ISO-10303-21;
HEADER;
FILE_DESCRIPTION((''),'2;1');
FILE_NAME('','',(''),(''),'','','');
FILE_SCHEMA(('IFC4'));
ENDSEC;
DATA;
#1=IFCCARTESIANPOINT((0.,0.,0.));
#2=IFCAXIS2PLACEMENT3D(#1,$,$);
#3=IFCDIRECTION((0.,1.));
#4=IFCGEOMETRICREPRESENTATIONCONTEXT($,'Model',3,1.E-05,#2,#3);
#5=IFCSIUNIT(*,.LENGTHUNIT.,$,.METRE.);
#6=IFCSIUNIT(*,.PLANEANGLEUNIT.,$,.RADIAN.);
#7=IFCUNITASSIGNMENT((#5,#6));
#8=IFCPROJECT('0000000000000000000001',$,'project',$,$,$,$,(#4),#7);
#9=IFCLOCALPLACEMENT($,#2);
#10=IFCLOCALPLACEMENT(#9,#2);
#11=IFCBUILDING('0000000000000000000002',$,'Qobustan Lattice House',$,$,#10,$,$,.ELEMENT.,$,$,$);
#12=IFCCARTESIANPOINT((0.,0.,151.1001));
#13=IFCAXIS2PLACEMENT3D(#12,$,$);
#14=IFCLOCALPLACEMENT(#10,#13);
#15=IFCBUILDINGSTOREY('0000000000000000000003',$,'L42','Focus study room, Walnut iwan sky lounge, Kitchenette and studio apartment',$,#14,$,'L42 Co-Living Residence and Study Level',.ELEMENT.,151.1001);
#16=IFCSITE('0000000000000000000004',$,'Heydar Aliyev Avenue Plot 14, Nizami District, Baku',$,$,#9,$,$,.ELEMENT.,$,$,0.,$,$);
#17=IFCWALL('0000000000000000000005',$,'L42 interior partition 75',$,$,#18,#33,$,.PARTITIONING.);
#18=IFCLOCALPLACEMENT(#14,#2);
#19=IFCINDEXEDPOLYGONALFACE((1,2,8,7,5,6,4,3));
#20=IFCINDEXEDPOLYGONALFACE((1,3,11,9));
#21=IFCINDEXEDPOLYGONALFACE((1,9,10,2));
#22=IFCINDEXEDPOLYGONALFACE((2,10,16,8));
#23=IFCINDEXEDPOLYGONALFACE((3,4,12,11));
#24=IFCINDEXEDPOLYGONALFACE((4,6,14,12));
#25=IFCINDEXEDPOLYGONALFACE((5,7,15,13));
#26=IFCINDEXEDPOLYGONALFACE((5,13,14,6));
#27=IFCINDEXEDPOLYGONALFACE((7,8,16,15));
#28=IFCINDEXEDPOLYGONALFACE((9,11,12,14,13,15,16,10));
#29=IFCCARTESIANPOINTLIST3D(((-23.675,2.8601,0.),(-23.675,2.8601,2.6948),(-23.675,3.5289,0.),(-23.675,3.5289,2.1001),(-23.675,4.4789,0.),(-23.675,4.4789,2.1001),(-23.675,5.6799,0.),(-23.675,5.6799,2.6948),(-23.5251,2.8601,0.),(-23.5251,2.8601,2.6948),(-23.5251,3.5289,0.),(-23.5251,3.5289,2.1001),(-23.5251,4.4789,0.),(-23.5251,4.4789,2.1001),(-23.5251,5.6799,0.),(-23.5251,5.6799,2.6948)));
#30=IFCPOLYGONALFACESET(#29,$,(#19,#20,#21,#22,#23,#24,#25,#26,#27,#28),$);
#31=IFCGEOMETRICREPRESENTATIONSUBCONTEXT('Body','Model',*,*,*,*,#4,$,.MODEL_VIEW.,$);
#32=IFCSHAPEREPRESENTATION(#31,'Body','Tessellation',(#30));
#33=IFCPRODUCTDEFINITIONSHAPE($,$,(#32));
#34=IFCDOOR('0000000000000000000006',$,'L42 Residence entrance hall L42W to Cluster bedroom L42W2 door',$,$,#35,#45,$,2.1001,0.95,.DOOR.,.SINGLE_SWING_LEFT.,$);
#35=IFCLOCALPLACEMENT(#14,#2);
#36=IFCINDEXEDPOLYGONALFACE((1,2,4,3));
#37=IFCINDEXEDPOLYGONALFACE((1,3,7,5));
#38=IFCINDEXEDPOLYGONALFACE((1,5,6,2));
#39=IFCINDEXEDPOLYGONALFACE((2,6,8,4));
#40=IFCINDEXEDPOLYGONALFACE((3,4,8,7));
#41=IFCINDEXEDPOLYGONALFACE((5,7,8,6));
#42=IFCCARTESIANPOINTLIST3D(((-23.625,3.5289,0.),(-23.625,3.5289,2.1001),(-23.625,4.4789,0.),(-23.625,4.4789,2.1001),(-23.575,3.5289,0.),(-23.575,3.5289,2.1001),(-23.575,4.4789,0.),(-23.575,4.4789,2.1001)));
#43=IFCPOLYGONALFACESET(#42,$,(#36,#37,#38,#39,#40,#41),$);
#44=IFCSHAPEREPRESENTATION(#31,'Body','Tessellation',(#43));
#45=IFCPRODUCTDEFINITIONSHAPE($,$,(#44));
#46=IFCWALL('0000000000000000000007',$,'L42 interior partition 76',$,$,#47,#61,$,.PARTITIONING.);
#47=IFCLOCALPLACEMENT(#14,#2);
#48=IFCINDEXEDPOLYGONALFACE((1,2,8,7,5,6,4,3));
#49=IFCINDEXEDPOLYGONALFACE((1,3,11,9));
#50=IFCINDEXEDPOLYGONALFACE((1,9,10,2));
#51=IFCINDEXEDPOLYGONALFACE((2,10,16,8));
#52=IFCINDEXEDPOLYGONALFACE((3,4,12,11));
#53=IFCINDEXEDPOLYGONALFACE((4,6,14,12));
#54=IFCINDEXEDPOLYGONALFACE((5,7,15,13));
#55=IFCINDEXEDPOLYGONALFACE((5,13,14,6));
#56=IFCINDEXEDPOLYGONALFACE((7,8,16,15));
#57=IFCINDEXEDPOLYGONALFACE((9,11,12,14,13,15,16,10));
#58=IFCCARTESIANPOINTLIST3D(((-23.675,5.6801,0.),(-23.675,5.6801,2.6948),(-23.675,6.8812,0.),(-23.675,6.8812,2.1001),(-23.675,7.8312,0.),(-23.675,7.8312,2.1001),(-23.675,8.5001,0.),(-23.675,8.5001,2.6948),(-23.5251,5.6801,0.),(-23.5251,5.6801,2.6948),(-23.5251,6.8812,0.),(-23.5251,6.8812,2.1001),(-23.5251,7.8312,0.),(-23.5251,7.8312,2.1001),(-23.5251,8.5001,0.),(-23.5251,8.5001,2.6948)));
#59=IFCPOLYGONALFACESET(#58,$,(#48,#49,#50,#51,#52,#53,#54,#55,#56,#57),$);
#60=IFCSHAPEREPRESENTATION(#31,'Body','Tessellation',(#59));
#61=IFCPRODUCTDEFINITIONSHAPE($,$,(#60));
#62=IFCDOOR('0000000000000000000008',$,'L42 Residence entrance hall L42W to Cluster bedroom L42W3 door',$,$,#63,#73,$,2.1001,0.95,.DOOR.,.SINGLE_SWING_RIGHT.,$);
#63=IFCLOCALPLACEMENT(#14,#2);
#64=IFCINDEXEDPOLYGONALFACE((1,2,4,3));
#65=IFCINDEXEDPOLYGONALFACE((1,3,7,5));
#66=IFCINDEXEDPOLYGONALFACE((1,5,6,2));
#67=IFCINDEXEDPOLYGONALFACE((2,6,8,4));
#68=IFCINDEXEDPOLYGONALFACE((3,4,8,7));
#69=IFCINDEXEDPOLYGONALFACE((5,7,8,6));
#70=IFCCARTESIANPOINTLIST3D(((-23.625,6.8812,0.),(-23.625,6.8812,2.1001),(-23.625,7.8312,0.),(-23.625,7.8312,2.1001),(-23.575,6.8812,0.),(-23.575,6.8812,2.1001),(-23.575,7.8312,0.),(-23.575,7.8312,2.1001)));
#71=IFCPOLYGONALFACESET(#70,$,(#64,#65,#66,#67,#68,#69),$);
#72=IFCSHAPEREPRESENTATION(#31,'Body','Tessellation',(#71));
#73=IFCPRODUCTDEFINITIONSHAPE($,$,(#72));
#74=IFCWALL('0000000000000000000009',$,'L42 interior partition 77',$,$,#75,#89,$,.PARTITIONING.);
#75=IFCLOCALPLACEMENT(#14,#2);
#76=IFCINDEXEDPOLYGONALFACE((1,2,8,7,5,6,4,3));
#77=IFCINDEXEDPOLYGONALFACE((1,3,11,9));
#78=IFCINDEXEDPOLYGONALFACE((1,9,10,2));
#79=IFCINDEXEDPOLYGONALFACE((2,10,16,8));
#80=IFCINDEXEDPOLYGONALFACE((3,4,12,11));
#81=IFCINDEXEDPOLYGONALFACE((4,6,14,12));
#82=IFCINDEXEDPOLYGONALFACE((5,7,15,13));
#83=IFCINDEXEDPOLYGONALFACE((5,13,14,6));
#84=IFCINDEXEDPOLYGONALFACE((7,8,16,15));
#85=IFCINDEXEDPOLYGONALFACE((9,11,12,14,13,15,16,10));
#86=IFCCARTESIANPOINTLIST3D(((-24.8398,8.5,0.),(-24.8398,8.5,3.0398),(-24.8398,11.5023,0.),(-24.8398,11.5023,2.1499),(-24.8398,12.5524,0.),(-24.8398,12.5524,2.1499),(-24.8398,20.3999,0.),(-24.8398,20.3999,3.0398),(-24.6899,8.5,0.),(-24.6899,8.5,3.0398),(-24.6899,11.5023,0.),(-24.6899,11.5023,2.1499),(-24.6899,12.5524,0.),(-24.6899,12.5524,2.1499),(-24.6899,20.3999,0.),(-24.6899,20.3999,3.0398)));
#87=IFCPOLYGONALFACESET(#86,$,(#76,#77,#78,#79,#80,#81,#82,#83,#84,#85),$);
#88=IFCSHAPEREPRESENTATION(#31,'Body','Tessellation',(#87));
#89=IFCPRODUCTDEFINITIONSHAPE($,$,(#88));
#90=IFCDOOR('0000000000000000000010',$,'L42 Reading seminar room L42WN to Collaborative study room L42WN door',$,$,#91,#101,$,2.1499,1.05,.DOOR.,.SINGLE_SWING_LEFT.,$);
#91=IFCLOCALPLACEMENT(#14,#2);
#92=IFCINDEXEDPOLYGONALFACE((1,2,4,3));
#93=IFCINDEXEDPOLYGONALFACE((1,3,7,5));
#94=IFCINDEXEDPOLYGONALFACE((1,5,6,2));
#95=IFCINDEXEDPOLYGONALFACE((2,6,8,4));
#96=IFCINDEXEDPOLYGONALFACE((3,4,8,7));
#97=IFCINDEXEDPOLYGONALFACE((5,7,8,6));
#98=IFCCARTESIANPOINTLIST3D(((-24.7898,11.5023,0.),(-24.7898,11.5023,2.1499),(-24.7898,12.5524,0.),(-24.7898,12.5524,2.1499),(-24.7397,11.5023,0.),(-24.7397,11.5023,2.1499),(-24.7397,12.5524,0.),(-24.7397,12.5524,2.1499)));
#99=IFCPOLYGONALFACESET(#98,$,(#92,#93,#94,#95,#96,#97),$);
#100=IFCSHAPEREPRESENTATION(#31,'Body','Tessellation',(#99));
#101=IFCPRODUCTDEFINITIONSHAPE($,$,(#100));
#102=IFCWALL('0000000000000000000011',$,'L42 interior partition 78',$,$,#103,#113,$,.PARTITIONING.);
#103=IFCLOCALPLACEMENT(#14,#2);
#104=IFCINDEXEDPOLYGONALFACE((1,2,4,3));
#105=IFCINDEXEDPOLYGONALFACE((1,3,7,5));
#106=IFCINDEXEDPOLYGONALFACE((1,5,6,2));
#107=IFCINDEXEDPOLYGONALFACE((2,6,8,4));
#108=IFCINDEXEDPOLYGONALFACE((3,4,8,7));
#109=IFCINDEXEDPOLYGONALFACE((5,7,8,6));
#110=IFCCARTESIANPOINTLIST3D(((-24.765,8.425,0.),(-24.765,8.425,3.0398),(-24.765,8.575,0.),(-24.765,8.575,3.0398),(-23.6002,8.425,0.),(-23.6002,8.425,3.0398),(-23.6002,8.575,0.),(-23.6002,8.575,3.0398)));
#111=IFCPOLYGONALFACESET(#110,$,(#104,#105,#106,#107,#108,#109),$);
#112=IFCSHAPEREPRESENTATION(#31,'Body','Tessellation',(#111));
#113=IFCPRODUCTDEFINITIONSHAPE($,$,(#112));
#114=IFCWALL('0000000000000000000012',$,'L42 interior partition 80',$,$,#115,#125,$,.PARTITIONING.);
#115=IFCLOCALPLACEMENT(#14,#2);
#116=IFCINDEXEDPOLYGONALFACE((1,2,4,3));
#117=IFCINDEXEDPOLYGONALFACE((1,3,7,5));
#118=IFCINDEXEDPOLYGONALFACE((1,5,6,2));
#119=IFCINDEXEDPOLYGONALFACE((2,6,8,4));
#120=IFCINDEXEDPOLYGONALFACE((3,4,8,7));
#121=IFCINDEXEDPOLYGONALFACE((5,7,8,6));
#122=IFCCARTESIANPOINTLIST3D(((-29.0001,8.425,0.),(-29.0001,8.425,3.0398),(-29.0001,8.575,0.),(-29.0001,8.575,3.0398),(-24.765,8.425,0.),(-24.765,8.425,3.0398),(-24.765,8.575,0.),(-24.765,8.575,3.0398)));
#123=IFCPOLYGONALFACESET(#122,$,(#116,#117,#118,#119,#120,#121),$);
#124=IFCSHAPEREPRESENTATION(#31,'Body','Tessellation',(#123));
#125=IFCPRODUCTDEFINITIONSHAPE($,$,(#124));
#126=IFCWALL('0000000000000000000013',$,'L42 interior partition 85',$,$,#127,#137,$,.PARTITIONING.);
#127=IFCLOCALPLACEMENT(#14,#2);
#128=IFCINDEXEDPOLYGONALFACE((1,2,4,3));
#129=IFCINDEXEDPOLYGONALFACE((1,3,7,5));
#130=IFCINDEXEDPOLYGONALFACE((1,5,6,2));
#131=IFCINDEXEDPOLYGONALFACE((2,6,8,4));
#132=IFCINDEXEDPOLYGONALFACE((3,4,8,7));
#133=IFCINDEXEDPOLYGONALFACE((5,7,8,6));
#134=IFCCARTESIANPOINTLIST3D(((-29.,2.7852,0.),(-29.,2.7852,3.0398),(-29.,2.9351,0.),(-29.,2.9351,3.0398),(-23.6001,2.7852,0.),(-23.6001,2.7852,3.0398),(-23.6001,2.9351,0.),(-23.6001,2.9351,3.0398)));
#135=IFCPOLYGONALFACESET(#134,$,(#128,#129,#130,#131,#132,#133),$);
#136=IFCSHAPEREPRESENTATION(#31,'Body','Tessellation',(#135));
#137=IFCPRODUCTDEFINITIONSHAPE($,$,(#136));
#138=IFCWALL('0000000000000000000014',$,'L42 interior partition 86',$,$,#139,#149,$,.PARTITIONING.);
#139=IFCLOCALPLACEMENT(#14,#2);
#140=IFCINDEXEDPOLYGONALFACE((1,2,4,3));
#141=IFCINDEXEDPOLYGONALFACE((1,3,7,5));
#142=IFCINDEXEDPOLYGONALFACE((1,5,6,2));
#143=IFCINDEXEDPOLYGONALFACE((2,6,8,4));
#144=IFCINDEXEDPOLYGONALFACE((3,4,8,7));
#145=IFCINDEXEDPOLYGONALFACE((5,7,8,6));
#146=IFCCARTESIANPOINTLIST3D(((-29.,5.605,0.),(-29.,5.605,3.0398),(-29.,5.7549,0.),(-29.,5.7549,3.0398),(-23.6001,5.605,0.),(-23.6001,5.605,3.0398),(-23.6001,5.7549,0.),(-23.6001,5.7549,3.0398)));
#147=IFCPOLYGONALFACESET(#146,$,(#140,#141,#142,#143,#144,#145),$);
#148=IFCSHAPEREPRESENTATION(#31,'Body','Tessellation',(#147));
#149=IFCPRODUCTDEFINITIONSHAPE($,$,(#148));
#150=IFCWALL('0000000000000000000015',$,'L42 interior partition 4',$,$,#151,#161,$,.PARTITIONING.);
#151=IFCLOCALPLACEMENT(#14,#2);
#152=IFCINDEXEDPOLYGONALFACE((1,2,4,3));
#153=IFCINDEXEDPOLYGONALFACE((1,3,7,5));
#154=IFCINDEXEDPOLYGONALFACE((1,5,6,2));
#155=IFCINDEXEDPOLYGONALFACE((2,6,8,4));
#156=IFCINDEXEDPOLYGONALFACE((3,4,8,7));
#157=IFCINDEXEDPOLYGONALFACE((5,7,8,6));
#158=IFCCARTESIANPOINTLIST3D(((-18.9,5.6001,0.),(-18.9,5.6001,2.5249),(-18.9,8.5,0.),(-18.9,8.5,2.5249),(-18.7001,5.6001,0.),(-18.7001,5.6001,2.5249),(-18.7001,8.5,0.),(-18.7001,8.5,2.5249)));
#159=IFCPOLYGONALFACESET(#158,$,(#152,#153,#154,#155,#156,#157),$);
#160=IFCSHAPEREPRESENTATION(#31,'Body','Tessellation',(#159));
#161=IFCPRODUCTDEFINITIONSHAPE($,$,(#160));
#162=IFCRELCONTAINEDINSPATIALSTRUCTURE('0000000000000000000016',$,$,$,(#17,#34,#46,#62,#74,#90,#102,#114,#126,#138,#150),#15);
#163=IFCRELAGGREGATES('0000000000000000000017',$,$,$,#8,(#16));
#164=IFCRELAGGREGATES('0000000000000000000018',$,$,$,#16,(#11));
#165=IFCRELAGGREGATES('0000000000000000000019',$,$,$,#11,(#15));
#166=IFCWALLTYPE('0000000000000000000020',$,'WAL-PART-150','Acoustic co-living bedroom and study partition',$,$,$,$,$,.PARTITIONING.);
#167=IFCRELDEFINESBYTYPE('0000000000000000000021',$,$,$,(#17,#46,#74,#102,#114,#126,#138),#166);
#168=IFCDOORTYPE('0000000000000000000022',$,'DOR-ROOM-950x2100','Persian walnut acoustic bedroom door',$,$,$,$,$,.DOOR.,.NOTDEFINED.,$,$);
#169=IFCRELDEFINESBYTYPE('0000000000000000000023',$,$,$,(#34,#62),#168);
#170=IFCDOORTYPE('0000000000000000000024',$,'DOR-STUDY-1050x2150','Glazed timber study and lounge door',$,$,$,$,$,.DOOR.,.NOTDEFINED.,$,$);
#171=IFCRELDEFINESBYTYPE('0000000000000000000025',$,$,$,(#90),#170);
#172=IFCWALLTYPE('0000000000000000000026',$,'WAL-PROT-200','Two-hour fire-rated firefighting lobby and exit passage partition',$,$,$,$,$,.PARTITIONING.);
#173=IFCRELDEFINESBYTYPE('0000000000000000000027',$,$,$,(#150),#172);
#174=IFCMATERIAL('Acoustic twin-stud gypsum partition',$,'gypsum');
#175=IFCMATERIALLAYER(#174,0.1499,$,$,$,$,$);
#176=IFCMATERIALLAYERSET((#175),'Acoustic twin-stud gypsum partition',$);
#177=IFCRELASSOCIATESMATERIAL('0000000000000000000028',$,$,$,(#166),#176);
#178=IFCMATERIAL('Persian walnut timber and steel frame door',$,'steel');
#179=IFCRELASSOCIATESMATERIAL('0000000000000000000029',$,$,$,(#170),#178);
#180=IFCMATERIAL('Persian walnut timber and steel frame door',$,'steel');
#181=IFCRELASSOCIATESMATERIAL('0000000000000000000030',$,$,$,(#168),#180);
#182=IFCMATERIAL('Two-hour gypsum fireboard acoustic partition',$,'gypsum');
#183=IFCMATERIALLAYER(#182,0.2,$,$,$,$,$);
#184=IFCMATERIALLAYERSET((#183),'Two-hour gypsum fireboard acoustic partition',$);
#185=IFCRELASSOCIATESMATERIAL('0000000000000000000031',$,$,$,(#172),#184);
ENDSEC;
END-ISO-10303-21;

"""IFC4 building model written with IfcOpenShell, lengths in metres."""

from ifc_helpers import new_model, si_unit, direction, frame, frame_2d, origin, place, context, subcontext, project, spatial, rectangle, extrude, material, layer, layer_set, type_object, element, fill, save


model = new_model("IFC4")

# Units and contexts
model_context = context("Model", 3, precision=1e-05, world=origin(), true_north=direction((0.0, 1.0)))
body_context = subcontext(model_context, "Body", "Model", "MODEL_VIEW")
ifc_project = project(units=[si_unit("LENGTHUNIT", "METRE"), si_unit("PLANEANGLEUNIT", "RADIAN")], contexts=[model_context])

# Site, building, storey
site_placement = place(None, origin())
site = spatial("IfcSite", under=ifc_project, at=site_placement, Name="Heydar Aliyev Avenue Plot 14, Nizami District, Baku", CompositionType="ELEMENT", RefElevation=0.0)
building_placement = place(site_placement, origin())
building = spatial("IfcBuilding", under=site, at=building_placement, Name="Qobustan Lattice House", CompositionType="ELEMENT")
storey_placement = place(building_placement, frame((0.0, 0.0, 151.1001)))
storey = spatial("IfcBuildingStorey", under=building, at=storey_placement, Name="L42", Description="Focus study room, Walnut iwan sky lounge, Kitchenette and studio apartment", LongName="L42 Co-Living Residence and Study Level", CompositionType="ELEMENT", Elevation=151.1001)

# Walls, openings, doors
ifc_material_1 = material(Name="Acoustic twin-stud gypsum partition", Category="gypsum")
ifc_layer_1 = layer(ifc_material_1, 0.1499)
ifc_layer_set_1 = layer_set([ifc_layer_1], Name="Acoustic twin-stud gypsum partition")
wall_type_1 = type_object("IfcWallType", Name="WAL-PART-150", Description="Acoustic co-living bedroom and study partition", PredefinedType="PARTITIONING", material=ifc_layer_set_1)
ifc_material_2 = material(Name="Persian walnut timber and steel frame door", Category="steel")
door_type_1 = type_object("IfcDoorType", Name="DOR-STUDY-1050x2150", Description="Glazed timber study and lounge door", OperationType="NOTDEFINED", PredefinedType="DOOR", material=ifc_material_2)
wall_1_placement = place(storey_placement, frame((-23.6001, 2.8601, 0.0), z_axis=(0.0, 0.0, 1.0), x_axis=(0.0, 1.0, 0.0)))
wall_1 = element("IfcWall", 1, at=wall_1_placement, inside=storey, type_object=wall_type_1, Name="L42 interior partition 75", PredefinedType="PARTITIONING", context=body_context, shape_type="SweptSolid", body=[
    extrude(rectangle(XDim=2.8198, YDim=0.1499, at=frame_2d((1.4099, 0.0))), origin(), (0.0, 0.0, 1.0), 2.6948),
])
opening_1_placement = place(wall_1_placement, frame((0.6687, 0.0, 0.0)))
opening_1 = element("IfcOpeningElement", 2, at=opening_1_placement, cuts=wall_1, PredefinedType="OPENING", context=body_context, shape_type="SweptSolid", body=[
    extrude(rectangle(XDim=0.95, YDim=2.1001, at=frame_2d((0.4751, 1.05))), frame((0.0, 0.085, 0.0), z_axis=(0.0, -1.0, 0.0), x_axis=(1.0, 0.0, 0.0)), (0.0, 0.0, 1.0), 0.1699),
])
ifc_material_3 = material(Name="Persian walnut timber and steel frame door", Category="steel")
door_type_2 = type_object("IfcDoorType", Name="DOR-ROOM-950x2100", Description="Persian walnut acoustic bedroom door", OperationType="NOTDEFINED", PredefinedType="DOOR", material=ifc_material_3)
door_1_placement = place(opening_1_placement, origin())
door_1 = element("IfcDoor", 3, at=door_1_placement, inside=storey, type_object=door_type_2, Name="L42 Residence entrance hall L42W to Cluster bedroom L42W2 door", OperationType="SINGLE_SWING_LEFT", OverallHeight=2.1001, OverallWidth=0.95, PredefinedType="DOOR", context=body_context, shape_type="SweptSolid", body=[
    extrude(rectangle(XDim=0.95, YDim=2.1001, at=frame_2d((0.4751, 1.05))), frame((0.0, 0.0249, 0.0), z_axis=(0.0, -1.0, 0.0), x_axis=(1.0, 0.0, 0.0)), (0.0, 0.0, 1.0), 0.05),
])
fill(opening_1, door_1)
wall_2_placement = place(storey_placement, frame((-23.6001, 5.6799, 0.0), z_axis=(0.0, 0.0, 1.0), x_axis=(0.0, 1.0, 0.0)))
wall_2 = element("IfcWall", 4, at=wall_2_placement, inside=storey, type_object=wall_type_1, Name="L42 interior partition 76", PredefinedType="PARTITIONING", context=body_context, shape_type="SweptSolid", body=[
    extrude(rectangle(XDim=2.8201, YDim=0.1499, at=frame_2d((1.4102, 0.0))), origin(), (0.0, 0.0, 1.0), 2.6948),
])
opening_2_placement = place(wall_2_placement, frame((1.2012, 0.0, 0.0)))
opening_2 = element("IfcOpeningElement", 5, at=opening_2_placement, cuts=wall_2, PredefinedType="OPENING", context=body_context, shape_type="SweptSolid", body=[
    extrude(rectangle(XDim=0.95, YDim=2.1001, at=frame_2d((0.4751, 1.05))), frame((0.0, 0.085, 0.0), z_axis=(0.0, -1.0, 0.0), x_axis=(1.0, 0.0, 0.0)), (0.0, 0.0, 1.0), 0.1699),
])
door_2_placement = place(opening_2_placement, origin())
door_2 = element("IfcDoor", 6, at=door_2_placement, inside=storey, type_object=door_type_2, Name="L42 Residence entrance hall L42W to Cluster bedroom L42W3 door", OperationType="SINGLE_SWING_RIGHT", OverallHeight=2.1001, OverallWidth=0.95, PredefinedType="DOOR", context=body_context, shape_type="SweptSolid", body=[
    extrude(rectangle(XDim=0.95, YDim=2.1001, at=frame_2d((0.4751, 1.05))), frame((0.0, 0.0249, 0.0), z_axis=(0.0, -1.0, 0.0), x_axis=(1.0, 0.0, 0.0)), (0.0, 0.0, 1.0), 0.05),
])
fill(opening_2, door_2)
wall_3_placement = place(storey_placement, frame((-24.7649, 8.5, 0.0), z_axis=(0.0, 0.0, 1.0), x_axis=(0.0, 1.0, 0.0)))
wall_3 = element("IfcWall", 7, at=wall_3_placement, inside=storey, type_object=wall_type_1, Name="L42 interior partition 77", PredefinedType="PARTITIONING", context=body_context, shape_type="SweptSolid", body=[
    extrude(rectangle(XDim=11.8999, YDim=0.1499, at=frame_2d((5.95, 0.0))), origin(), (0.0, 0.0, 1.0), 3.0398),
])
opening_3_placement = place(wall_3_placement, frame((3.0024, 0.0, 0.0)))
opening_3 = element("IfcOpeningElement", 8, at=opening_3_placement, cuts=wall_3, PredefinedType="OPENING", context=body_context, shape_type="SweptSolid", body=[
    extrude(rectangle(XDim=1.05, YDim=2.1499, at=frame_2d((0.5249, 1.075))), frame((0.0, 0.085, 0.0), z_axis=(0.0, -1.0, 0.0), x_axis=(1.0, 0.0, 0.0)), (0.0, 0.0, 1.0), 0.1699),
])
door_3_placement = place(opening_3_placement, origin())
door_3 = element("IfcDoor", 9, at=door_3_placement, inside=storey, type_object=door_type_1, Name="L42 Reading seminar room L42WN to Collaborative study room L42WN door", OperationType="SINGLE_SWING_LEFT", OverallHeight=2.1499, OverallWidth=1.05, PredefinedType="DOOR", context=body_context, shape_type="SweptSolid", body=[
    extrude(rectangle(XDim=1.05, YDim=2.1499, at=frame_2d((0.5249, 1.075))), frame((0.0, 0.0249, 0.0), z_axis=(0.0, -1.0, 0.0), x_axis=(1.0, 0.0, 0.0)), (0.0, 0.0, 1.0), 0.05),
])
fill(opening_3, door_3)

# Walls
wall_4_placement = place(storey_placement, frame((-23.6001, 8.5, 0.0), z_axis=(0.0, 0.0, 1.0), x_axis=(-1.0, 0.0, 0.0)))
element("IfcWall", 10, at=wall_4_placement, inside=storey, type_object=wall_type_1, Name="L42 interior partition 78", PredefinedType="PARTITIONING", context=body_context, shape_type="SweptSolid", body=[
    extrude(rectangle(XDim=1.1648, YDim=0.1499, at=frame_2d((0.5825, 0.0))), origin(), (0.0, 0.0, 1.0), 3.0398),
])
wall_5_placement = place(storey_placement, frame((-24.7649, 8.5, 0.0), z_axis=(0.0, 0.0, 1.0), x_axis=(-1.0, 0.0, 0.0)))
element("IfcWall", 11, at=wall_5_placement, inside=storey, type_object=wall_type_1, Name="L42 interior partition 80", PredefinedType="PARTITIONING", context=body_context, shape_type="SweptSolid", body=[
    extrude(rectangle(XDim=4.2351, YDim=0.1499, at=frame_2d((2.1177, 0.0))), origin(), (0.0, 0.0, 1.0), 3.0398),
])
for number, where, z_axis, x_axis, name in (
    (12, (-29.0, 2.8601, 0.0), (0.0, 0.0, 1.0), (1.0, 0.0, 0.0), "L42 interior partition 85"),
    (13, (-29.0, 5.6799, 0.0), (0.0, 0.0, 1.0), (1.0, 0.0, 0.0), "L42 interior partition 86"),
):
    element("IfcWall", number, at=place(storey_placement, frame(where, z_axis=z_axis, x_axis=x_axis)), inside=storey, type_object=wall_type_1, Name=name, PredefinedType="PARTITIONING", context=body_context, shape_type="SweptSolid", body=[
        extrude(rectangle(XDim=5.3999, YDim=0.1499, at=frame_2d((2.7, 0.0))), origin(), (0.0, 0.0, 1.0), 3.0398),
    ])
ifc_material_4 = material(Name="Two-hour gypsum fireboard acoustic partition", Category="gypsum")
ifc_layer_2 = layer(ifc_material_4, 0.2)
ifc_layer_set_2 = layer_set([ifc_layer_2], Name="Two-hour gypsum fireboard acoustic partition")
wall_type_2 = type_object("IfcWallType", Name="WAL-PROT-200", Description="Two-hour fire-rated firefighting lobby and exit passage partition", PredefinedType="PARTITIONING", material=ifc_layer_set_2)
wall_6_placement = place(storey_placement, frame((-18.8, 8.5, 0.0), z_axis=(0.0, 0.0, 1.0), x_axis=(0.0, -1.0, 0.0)))
element("IfcWall", 14, at=wall_6_placement, inside=storey, type_object=wall_type_2, Name="L42 interior partition 4", PredefinedType="PARTITIONING", context=body_context, shape_type="SweptSolid", body=[
    extrude(rectangle(XDim=2.8999, YDim=0.2, at=frame_2d((1.45, 0.0))), origin(), (0.0, 0.0, 1.0), 2.5249),
])

save(model, "model.ifc")
